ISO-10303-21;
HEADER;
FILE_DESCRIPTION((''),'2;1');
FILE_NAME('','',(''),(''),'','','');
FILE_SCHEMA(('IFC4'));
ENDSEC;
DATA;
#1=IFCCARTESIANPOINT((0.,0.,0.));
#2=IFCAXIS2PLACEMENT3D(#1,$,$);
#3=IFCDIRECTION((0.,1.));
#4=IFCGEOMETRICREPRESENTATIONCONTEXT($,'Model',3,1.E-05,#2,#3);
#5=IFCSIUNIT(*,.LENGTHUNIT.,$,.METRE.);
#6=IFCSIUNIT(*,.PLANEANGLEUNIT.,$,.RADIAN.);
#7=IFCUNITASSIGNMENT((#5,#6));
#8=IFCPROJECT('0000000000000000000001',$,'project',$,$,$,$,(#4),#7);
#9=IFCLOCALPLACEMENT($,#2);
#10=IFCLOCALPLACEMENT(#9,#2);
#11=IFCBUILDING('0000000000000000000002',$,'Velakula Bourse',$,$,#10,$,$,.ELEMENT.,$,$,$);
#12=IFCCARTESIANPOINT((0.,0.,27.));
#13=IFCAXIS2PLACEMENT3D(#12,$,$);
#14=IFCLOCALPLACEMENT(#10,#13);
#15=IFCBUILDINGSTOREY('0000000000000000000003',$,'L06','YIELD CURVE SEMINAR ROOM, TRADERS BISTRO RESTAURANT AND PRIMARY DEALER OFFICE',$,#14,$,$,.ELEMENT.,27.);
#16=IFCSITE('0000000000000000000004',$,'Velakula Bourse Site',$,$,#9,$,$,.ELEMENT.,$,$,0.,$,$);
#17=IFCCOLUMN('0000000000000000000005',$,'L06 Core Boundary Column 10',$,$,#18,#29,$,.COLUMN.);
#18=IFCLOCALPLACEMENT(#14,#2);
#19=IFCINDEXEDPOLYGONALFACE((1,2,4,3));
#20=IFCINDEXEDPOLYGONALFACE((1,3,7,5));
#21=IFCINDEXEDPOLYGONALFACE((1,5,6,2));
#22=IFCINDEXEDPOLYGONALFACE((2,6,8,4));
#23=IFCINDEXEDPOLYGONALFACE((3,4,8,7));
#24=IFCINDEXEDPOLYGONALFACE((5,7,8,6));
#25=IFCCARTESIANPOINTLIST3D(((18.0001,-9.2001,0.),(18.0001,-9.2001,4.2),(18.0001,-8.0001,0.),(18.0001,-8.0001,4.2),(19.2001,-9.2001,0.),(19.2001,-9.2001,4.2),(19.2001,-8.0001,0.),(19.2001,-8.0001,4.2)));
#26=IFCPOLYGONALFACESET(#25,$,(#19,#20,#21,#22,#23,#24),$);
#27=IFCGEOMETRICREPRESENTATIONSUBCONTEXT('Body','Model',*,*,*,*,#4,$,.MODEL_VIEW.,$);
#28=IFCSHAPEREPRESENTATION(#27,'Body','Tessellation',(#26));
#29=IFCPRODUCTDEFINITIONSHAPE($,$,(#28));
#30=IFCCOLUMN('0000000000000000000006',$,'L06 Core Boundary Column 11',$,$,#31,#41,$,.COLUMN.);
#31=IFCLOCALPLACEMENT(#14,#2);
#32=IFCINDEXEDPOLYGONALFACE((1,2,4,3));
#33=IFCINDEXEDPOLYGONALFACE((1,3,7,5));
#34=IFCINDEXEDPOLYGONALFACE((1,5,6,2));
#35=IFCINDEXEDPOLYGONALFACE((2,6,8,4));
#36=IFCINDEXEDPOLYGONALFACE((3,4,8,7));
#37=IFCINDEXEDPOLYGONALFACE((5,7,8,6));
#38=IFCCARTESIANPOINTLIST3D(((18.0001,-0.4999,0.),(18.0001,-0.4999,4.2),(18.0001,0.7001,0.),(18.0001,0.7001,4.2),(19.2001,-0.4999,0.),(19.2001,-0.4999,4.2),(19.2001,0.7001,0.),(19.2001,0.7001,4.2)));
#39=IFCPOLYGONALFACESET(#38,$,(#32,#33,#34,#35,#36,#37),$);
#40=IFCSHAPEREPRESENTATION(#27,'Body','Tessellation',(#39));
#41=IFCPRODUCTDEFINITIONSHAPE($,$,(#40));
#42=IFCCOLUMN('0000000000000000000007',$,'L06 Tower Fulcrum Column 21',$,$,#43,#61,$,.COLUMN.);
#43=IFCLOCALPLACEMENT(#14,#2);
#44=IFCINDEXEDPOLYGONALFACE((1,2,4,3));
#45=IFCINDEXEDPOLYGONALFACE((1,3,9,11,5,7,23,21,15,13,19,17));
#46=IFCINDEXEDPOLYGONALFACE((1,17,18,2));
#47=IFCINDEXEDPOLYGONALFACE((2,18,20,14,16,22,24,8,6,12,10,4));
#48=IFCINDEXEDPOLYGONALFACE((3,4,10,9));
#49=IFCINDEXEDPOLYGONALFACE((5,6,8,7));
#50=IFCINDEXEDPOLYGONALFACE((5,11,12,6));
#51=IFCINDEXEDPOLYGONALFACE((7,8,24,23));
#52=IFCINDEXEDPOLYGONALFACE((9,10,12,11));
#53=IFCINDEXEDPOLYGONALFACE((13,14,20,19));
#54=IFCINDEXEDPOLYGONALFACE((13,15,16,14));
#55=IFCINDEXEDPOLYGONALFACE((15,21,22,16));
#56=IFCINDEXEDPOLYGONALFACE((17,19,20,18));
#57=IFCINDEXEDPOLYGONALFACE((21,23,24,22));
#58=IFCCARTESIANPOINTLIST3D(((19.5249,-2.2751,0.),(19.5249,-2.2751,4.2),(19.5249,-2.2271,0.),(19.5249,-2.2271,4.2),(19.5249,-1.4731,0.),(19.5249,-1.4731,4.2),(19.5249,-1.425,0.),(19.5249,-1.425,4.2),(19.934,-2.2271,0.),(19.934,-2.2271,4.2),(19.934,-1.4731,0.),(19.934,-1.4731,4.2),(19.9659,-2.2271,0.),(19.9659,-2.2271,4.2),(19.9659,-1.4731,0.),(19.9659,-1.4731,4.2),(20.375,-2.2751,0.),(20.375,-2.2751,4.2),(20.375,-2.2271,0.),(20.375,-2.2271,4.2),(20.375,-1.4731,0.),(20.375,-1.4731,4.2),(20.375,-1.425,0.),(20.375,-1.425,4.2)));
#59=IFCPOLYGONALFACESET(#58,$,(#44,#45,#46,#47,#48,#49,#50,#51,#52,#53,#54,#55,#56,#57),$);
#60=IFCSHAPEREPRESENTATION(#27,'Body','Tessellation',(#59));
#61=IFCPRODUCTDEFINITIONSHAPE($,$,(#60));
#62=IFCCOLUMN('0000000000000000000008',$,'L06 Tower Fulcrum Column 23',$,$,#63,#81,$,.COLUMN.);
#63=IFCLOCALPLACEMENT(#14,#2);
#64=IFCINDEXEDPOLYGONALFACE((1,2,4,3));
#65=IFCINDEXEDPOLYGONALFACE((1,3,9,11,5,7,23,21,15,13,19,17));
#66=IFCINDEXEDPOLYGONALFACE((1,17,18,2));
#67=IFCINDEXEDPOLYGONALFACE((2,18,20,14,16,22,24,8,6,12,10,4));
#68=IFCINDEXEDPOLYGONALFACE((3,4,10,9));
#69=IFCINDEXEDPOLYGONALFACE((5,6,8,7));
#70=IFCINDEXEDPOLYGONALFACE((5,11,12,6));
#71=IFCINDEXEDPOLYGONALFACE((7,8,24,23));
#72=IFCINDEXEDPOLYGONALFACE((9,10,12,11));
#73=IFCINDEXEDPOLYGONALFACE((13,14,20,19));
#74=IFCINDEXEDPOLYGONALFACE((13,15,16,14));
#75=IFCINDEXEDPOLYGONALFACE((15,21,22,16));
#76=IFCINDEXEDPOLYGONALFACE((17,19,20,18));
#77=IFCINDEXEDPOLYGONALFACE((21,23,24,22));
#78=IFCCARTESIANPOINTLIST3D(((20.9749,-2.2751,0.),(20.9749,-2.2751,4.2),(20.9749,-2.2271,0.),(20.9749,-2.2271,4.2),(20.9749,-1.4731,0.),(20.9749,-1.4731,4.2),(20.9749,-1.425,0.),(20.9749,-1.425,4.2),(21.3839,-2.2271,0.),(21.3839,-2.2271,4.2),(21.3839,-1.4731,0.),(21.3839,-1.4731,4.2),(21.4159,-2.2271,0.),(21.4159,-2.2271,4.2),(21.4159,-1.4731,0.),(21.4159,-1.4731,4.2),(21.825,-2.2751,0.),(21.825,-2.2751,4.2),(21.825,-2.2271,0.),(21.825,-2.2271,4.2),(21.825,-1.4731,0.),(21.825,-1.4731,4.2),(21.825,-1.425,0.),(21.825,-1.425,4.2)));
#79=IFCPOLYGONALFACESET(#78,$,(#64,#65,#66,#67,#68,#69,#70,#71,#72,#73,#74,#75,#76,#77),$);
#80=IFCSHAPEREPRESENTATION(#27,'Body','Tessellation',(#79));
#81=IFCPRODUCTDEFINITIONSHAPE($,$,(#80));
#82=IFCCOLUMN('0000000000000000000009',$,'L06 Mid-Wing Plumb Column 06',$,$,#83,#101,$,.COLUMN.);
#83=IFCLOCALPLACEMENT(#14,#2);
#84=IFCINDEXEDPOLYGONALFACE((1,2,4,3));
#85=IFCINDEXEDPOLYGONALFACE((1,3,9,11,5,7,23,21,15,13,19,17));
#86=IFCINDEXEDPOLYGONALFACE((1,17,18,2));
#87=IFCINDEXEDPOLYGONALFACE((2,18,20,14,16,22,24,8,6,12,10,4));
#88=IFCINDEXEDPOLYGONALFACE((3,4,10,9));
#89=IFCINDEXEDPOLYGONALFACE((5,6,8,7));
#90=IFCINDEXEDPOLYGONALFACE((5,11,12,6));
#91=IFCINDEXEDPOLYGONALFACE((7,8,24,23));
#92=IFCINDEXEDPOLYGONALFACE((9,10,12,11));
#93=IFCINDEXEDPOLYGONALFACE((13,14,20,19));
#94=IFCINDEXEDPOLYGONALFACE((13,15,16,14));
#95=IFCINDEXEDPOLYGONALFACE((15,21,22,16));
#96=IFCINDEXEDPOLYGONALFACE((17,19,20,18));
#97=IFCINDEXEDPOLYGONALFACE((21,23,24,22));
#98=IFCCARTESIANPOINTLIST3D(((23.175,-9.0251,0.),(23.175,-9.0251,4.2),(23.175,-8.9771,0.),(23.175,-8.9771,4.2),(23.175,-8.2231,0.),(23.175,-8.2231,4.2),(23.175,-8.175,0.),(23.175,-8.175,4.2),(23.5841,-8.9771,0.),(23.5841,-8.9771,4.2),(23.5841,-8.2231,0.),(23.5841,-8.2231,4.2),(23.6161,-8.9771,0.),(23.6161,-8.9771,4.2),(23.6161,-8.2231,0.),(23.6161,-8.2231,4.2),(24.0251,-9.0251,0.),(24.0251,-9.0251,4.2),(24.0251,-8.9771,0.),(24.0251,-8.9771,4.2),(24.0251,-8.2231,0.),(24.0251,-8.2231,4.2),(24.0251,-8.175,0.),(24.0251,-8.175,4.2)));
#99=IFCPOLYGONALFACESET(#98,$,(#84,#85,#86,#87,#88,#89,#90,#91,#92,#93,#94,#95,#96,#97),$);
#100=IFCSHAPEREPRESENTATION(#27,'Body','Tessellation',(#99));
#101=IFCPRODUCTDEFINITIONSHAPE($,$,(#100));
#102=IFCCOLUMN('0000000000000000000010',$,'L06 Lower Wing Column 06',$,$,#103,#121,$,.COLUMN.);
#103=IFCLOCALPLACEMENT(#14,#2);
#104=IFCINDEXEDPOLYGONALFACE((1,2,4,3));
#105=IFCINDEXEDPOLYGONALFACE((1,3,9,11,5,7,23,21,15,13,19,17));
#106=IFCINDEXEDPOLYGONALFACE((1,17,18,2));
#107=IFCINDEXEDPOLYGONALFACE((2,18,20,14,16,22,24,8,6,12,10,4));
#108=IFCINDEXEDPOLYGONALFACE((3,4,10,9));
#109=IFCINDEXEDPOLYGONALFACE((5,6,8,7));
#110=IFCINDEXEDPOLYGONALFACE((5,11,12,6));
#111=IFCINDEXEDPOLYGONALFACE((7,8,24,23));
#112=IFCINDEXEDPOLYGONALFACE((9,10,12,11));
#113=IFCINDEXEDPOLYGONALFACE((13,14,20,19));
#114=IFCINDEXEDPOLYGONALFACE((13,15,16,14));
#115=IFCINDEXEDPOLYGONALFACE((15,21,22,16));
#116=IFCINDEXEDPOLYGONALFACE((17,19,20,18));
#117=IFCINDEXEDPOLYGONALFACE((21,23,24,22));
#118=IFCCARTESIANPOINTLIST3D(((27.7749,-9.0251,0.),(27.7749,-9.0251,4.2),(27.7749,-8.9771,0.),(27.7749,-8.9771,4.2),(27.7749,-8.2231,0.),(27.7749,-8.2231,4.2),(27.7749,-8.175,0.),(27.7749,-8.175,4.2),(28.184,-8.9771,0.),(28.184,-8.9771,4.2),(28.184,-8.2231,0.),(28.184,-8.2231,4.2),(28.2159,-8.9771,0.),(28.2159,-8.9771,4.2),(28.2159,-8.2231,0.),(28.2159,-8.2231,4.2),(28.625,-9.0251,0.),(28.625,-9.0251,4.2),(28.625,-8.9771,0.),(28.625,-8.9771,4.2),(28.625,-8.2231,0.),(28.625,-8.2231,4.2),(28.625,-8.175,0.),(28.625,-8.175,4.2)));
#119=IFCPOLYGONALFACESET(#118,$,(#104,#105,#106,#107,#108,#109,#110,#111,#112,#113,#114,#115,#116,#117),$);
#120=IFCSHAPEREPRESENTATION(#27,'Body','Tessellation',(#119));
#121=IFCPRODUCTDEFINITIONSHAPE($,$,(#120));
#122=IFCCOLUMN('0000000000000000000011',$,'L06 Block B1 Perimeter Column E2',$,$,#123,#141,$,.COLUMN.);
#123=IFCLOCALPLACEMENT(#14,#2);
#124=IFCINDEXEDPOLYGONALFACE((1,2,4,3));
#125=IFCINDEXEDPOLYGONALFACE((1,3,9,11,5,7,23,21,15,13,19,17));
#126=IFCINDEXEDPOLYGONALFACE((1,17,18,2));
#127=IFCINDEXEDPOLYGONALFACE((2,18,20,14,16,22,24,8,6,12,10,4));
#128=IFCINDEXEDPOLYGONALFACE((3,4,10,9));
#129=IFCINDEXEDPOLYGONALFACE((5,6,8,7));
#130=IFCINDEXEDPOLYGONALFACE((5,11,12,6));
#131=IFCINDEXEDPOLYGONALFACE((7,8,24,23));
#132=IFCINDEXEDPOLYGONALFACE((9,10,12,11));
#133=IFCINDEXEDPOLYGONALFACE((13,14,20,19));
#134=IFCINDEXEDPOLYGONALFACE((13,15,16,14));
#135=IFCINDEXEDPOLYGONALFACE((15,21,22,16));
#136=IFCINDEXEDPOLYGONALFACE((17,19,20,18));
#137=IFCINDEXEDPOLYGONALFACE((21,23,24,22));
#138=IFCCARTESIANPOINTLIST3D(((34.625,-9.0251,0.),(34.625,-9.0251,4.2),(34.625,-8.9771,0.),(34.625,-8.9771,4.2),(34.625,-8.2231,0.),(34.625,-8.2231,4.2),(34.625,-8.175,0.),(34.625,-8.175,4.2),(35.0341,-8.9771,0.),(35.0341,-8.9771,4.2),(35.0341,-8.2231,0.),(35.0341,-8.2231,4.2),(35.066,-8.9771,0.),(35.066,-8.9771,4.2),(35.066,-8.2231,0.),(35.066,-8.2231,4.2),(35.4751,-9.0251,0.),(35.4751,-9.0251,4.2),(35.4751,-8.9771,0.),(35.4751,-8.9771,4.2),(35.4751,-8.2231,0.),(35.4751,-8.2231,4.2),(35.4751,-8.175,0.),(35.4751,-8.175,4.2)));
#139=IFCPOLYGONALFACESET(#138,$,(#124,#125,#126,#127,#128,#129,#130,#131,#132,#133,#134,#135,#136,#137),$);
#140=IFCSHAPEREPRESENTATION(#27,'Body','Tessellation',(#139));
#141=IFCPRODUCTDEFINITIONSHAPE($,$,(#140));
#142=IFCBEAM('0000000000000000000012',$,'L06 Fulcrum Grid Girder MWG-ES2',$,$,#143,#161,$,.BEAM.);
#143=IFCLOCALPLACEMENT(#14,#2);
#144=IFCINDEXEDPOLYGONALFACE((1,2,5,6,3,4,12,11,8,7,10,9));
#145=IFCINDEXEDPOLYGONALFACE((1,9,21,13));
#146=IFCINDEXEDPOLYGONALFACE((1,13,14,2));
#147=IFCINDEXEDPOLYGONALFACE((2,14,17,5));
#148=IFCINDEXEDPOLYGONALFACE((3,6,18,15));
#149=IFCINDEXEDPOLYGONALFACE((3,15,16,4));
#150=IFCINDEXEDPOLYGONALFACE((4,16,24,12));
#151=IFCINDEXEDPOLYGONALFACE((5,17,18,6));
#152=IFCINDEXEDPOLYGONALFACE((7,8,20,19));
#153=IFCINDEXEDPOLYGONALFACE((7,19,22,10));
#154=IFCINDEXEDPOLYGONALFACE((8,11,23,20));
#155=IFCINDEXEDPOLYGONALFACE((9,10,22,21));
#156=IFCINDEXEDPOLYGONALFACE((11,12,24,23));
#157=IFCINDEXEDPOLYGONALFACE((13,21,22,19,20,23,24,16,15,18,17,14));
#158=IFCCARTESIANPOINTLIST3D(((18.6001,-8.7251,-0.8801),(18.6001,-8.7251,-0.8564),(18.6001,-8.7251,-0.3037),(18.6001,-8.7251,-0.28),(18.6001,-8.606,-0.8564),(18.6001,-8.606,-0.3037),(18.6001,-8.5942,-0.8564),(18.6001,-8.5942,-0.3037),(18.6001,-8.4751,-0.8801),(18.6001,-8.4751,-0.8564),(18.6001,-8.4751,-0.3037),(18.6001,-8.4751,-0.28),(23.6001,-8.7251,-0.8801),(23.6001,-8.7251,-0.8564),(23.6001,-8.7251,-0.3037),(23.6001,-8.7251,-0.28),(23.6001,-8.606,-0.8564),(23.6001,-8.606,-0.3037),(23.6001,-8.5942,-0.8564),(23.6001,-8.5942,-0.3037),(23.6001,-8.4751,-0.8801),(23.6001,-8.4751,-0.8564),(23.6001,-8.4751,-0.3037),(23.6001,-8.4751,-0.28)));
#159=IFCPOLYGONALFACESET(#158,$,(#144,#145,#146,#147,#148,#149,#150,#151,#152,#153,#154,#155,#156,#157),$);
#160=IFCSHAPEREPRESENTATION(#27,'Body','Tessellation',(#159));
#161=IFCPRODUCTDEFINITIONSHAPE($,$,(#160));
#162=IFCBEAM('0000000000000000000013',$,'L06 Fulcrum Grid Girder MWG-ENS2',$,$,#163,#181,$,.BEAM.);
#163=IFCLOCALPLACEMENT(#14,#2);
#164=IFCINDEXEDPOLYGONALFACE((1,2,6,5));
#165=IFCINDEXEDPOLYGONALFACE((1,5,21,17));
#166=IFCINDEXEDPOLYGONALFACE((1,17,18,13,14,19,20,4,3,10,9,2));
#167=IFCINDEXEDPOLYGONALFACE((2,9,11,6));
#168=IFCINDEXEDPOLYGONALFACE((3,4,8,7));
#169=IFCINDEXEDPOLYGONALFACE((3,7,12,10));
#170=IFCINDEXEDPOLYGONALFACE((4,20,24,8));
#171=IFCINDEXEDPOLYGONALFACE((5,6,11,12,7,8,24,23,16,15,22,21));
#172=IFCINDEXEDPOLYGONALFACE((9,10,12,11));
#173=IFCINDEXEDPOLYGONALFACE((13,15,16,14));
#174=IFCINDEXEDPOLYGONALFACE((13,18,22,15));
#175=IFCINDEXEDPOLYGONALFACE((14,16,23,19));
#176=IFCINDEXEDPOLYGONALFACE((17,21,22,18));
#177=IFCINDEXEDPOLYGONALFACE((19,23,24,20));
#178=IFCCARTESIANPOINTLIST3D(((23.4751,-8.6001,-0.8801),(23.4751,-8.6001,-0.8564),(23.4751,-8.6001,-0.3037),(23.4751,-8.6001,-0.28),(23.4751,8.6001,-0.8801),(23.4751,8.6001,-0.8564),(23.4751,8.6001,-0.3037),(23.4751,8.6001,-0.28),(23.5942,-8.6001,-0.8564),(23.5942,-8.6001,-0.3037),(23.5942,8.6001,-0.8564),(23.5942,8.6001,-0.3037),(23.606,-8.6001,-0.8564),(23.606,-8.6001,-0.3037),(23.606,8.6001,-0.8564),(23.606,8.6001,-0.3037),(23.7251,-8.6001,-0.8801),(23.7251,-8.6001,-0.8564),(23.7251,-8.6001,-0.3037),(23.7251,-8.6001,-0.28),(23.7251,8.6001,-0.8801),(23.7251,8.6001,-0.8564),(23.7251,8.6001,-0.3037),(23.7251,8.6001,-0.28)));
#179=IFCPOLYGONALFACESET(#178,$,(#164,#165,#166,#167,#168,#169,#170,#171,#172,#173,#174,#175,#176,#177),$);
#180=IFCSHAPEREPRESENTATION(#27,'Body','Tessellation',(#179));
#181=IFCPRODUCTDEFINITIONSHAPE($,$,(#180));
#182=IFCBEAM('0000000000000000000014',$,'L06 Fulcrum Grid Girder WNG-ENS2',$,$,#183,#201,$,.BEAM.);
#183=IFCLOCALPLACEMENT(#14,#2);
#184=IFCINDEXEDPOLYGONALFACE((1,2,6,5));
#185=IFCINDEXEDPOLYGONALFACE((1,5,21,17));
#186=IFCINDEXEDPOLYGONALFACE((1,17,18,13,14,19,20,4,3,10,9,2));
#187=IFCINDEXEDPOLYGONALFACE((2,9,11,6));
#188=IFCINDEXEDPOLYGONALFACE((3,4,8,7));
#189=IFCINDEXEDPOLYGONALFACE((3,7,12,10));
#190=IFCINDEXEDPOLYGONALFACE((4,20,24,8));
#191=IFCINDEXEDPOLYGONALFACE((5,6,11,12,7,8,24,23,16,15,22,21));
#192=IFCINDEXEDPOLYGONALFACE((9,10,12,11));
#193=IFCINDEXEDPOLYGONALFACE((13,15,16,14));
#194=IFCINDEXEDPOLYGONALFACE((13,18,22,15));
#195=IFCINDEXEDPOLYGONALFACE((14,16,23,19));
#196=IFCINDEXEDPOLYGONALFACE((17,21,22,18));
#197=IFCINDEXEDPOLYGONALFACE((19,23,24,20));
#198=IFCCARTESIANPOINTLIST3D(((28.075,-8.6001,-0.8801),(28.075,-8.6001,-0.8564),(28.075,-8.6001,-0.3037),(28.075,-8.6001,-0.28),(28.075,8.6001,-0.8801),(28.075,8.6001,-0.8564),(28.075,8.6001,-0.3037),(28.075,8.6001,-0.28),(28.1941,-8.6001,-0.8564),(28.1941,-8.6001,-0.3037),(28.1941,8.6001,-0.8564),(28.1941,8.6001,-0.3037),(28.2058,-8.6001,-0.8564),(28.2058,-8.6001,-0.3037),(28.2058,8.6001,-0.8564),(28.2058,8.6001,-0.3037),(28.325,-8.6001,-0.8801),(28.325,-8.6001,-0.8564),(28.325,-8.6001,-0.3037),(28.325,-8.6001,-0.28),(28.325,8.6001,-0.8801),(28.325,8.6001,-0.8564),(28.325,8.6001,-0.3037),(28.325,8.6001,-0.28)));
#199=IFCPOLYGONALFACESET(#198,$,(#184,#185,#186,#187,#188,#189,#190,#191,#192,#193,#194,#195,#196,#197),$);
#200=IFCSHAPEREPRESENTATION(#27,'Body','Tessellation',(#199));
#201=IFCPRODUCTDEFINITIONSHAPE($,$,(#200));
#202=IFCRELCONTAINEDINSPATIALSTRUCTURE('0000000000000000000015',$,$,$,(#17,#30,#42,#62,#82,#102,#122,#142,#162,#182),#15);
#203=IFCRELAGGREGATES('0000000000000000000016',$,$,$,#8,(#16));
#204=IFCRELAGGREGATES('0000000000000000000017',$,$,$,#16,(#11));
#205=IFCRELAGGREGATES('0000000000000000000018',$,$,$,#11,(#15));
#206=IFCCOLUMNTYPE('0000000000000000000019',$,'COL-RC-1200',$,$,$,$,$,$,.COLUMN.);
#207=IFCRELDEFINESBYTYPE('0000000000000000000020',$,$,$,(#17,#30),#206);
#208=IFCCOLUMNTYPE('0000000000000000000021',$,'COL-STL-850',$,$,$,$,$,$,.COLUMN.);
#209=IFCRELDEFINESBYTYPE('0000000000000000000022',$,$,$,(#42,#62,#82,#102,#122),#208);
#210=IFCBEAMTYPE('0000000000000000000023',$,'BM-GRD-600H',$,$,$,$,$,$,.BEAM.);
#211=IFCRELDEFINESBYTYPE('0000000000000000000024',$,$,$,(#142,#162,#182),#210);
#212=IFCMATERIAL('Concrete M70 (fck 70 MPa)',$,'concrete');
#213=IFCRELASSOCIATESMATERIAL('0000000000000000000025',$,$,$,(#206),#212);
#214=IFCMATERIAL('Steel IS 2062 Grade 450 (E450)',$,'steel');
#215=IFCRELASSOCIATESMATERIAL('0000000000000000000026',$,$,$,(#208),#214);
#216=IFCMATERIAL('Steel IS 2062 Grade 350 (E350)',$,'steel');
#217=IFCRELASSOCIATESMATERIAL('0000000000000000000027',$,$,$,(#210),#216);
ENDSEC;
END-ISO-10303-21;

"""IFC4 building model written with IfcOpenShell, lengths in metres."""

from ifc_helpers import new_model, si_unit, direction, frame, origin, origin_2d, place, context, subcontext, project, spatial, rectangle, i_section, extrude, material, material_profile, profile_set, type_object, element, save


model = new_model("IFC4")

# Units and contexts
model_context = context("Model", 3, precision=1e-05, world=origin(), true_north=direction((0.0, 1.0)))
body_context = subcontext(model_context, "Body", "Model", "MODEL_VIEW")
ifc_project = project(units=[si_unit("LENGTHUNIT", "METRE"), si_unit("PLANEANGLEUNIT", "RADIAN")], contexts=[model_context])

# Site, building, storey
site_placement = place(None, origin())
site = spatial("IfcSite", under=ifc_project, at=site_placement, Name="Velakula Bourse Site", CompositionType="ELEMENT", RefElevation=0.0)
building_placement = place(site_placement, origin())
building = spatial("IfcBuilding", under=site, at=building_placement, Name="Velakula Bourse", CompositionType="ELEMENT")
storey_placement = place(building_placement, frame((0.0, 0.0, 27.0)))
storey = spatial("IfcBuildingStorey", under=building, at=storey_placement, Name="L06", Description="YIELD CURVE SEMINAR ROOM, TRADERS BISTRO RESTAURANT AND PRIMARY DEALER OFFICE", CompositionType="ELEMENT", Elevation=27.0)

# Columns
ifc_material_1 = material(Name="Concrete M70 (fck 70 MPa)", Category="concrete")
ifc_material_profile_1 = material_profile(ifc_material_1, rectangle(XDim=1.2, YDim=1.2, at=origin_2d()), Name="Concrete M70 (fck 70 MPa)")
ifc_profile_set_1 = profile_set([ifc_material_profile_1], Name="Concrete M70 (fck 70 MPa)")
column_type_1 = type_object("IfcColumnType", Name="COL-RC-1200", PredefinedType="COLUMN", material=ifc_profile_set_1)
for number, where, z_axis, x_axis, name in (
    (1, (18.6001, -8.6001, 0.0), (0.0, 0.0, 1.0), (1.0, 0.0, 0.0), "L06 Core Boundary Column 10"),
    (2, (18.6001, 0.1001, 0.0), (0.0, 0.0, 1.0), (1.0, 0.0, 0.0), "L06 Core Boundary Column 11"),
):
    element("IfcColumn", number, at=place(storey_placement, frame(where, z_axis=z_axis, x_axis=x_axis)), inside=storey, type_object=column_type_1, Name=name, PredefinedType="COLUMN", context=body_context, shape_type="SweptSolid", body=[
        extrude(rectangle(XDim=1.2, YDim=1.2, at=origin_2d()), origin(), (0.0, 0.0, 1.0), 4.2),
    ])
ifc_material_2 = material(Name="Steel IS 2062 Grade 450 (E450)", Category="steel")
ifc_material_profile_2 = material_profile(ifc_material_2, i_section(OverallWidth=0.8501, OverallDepth=0.8501, WebThickness=0.032, FlangeThickness=0.0481, at=origin_2d()), Name="Steel IS 2062 Grade 450 (E450)")
ifc_profile_set_2 = profile_set([ifc_material_profile_2], Name="Steel IS 2062 Grade 450 (E450)")
column_type_2 = type_object("IfcColumnType", Name="COL-STL-850", PredefinedType="COLUMN", material=ifc_profile_set_2)
for number, where, z_axis, x_axis, name in (
    (3, (19.95, -1.8501, 0.0), (0.0, 0.0, 1.0), (1.0, 0.0, 0.0), "L06 Tower Fulcrum Column 21"),
    (4, (21.3999, -1.8501, 0.0), (0.0, 0.0, 1.0), (1.0, 0.0, 0.0), "L06 Tower Fulcrum Column 23"),
    (5, (23.6001, -8.6001, 0.0), (0.0, 0.0, 1.0), (1.0, 0.0, 0.0), "L06 Mid-Wing Plumb Column 06"),
    (6, (28.2, -8.6001, 0.0), (0.0, 0.0, 1.0), (1.0, 0.0, 0.0), "L06 Lower Wing Column 06"),
    (7, (35.05, -8.6001, 0.0), (0.0, 0.0, 1.0), (1.0, 0.0, 0.0), "L06 Block B1 Perimeter Column E2"),
):
    element("IfcColumn", number, at=place(storey_placement, frame(where, z_axis=z_axis, x_axis=x_axis)), inside=storey, type_object=column_type_2, Name=name, PredefinedType="COLUMN", context=body_context, shape_type="SweptSolid", body=[
        extrude(i_section(OverallWidth=0.8501, OverallDepth=0.8501, WebThickness=0.032, FlangeThickness=0.0481, at=origin_2d()), origin(), (0.0, 0.0, 1.0), 4.2),
    ])

# Beams
ifc_material_3 = material(Name="Steel IS 2062 Grade 350 (E350)", Category="steel")
ifc_material_profile_3 = material_profile(ifc_material_3, i_section(OverallWidth=0.25, OverallDepth=0.6001, WebThickness=0.0117, FlangeThickness=0.0237, at=origin_2d()), Name="Steel IS 2062 Grade 350 (E350)")
ifc_profile_set_3 = profile_set([ifc_material_profile_3], Name="Steel IS 2062 Grade 350 (E350)")
beam_type_1 = type_object("IfcBeamType", Name="BM-GRD-600H", PredefinedType="BEAM", material=ifc_profile_set_3)
beam_1_placement = place(storey_placement, frame((18.6001, -8.6001, -0.5801), z_axis=(1.0, 0.0, 0.0), x_axis=(0.0, 1.0, 0.0)))
element("IfcBeam", 8, at=beam_1_placement, inside=storey, type_object=beam_type_1, Name="L06 Fulcrum Grid Girder MWG-ES2", PredefinedType="BEAM", context=body_context, shape_type="SweptSolid", body=[
    extrude(i_section(OverallWidth=0.25, OverallDepth=0.6001, WebThickness=0.0117, FlangeThickness=0.0237, at=origin_2d()), origin(), (0.0, 0.0, 1.0), 5.0),
])
for number, where, z_axis, x_axis, name in (
    (9, (23.6001, -8.6001, -0.5801), (0.0, 1.0, 0.0), (-1.0, 0.0, 0.0), "L06 Fulcrum Grid Girder MWG-ENS2"),
    (10, (28.2, -8.6001, -0.5801), (0.0, 1.0, 0.0), (-1.0, 0.0, 0.0), "L06 Fulcrum Grid Girder WNG-ENS2"),
):
    element("IfcBeam", number, at=place(storey_placement, frame(where, z_axis=z_axis, x_axis=x_axis)), inside=storey, type_object=beam_type_1, Name=name, PredefinedType="BEAM", context=body_context, shape_type="SweptSolid", body=[
        extrude(i_section(OverallWidth=0.25, OverallDepth=0.6001, WebThickness=0.0117, FlangeThickness=0.0237, at=origin_2d()), origin(), (0.0, 0.0, 1.0), 17.2002),
    ])

save(model, "model.ifc")
